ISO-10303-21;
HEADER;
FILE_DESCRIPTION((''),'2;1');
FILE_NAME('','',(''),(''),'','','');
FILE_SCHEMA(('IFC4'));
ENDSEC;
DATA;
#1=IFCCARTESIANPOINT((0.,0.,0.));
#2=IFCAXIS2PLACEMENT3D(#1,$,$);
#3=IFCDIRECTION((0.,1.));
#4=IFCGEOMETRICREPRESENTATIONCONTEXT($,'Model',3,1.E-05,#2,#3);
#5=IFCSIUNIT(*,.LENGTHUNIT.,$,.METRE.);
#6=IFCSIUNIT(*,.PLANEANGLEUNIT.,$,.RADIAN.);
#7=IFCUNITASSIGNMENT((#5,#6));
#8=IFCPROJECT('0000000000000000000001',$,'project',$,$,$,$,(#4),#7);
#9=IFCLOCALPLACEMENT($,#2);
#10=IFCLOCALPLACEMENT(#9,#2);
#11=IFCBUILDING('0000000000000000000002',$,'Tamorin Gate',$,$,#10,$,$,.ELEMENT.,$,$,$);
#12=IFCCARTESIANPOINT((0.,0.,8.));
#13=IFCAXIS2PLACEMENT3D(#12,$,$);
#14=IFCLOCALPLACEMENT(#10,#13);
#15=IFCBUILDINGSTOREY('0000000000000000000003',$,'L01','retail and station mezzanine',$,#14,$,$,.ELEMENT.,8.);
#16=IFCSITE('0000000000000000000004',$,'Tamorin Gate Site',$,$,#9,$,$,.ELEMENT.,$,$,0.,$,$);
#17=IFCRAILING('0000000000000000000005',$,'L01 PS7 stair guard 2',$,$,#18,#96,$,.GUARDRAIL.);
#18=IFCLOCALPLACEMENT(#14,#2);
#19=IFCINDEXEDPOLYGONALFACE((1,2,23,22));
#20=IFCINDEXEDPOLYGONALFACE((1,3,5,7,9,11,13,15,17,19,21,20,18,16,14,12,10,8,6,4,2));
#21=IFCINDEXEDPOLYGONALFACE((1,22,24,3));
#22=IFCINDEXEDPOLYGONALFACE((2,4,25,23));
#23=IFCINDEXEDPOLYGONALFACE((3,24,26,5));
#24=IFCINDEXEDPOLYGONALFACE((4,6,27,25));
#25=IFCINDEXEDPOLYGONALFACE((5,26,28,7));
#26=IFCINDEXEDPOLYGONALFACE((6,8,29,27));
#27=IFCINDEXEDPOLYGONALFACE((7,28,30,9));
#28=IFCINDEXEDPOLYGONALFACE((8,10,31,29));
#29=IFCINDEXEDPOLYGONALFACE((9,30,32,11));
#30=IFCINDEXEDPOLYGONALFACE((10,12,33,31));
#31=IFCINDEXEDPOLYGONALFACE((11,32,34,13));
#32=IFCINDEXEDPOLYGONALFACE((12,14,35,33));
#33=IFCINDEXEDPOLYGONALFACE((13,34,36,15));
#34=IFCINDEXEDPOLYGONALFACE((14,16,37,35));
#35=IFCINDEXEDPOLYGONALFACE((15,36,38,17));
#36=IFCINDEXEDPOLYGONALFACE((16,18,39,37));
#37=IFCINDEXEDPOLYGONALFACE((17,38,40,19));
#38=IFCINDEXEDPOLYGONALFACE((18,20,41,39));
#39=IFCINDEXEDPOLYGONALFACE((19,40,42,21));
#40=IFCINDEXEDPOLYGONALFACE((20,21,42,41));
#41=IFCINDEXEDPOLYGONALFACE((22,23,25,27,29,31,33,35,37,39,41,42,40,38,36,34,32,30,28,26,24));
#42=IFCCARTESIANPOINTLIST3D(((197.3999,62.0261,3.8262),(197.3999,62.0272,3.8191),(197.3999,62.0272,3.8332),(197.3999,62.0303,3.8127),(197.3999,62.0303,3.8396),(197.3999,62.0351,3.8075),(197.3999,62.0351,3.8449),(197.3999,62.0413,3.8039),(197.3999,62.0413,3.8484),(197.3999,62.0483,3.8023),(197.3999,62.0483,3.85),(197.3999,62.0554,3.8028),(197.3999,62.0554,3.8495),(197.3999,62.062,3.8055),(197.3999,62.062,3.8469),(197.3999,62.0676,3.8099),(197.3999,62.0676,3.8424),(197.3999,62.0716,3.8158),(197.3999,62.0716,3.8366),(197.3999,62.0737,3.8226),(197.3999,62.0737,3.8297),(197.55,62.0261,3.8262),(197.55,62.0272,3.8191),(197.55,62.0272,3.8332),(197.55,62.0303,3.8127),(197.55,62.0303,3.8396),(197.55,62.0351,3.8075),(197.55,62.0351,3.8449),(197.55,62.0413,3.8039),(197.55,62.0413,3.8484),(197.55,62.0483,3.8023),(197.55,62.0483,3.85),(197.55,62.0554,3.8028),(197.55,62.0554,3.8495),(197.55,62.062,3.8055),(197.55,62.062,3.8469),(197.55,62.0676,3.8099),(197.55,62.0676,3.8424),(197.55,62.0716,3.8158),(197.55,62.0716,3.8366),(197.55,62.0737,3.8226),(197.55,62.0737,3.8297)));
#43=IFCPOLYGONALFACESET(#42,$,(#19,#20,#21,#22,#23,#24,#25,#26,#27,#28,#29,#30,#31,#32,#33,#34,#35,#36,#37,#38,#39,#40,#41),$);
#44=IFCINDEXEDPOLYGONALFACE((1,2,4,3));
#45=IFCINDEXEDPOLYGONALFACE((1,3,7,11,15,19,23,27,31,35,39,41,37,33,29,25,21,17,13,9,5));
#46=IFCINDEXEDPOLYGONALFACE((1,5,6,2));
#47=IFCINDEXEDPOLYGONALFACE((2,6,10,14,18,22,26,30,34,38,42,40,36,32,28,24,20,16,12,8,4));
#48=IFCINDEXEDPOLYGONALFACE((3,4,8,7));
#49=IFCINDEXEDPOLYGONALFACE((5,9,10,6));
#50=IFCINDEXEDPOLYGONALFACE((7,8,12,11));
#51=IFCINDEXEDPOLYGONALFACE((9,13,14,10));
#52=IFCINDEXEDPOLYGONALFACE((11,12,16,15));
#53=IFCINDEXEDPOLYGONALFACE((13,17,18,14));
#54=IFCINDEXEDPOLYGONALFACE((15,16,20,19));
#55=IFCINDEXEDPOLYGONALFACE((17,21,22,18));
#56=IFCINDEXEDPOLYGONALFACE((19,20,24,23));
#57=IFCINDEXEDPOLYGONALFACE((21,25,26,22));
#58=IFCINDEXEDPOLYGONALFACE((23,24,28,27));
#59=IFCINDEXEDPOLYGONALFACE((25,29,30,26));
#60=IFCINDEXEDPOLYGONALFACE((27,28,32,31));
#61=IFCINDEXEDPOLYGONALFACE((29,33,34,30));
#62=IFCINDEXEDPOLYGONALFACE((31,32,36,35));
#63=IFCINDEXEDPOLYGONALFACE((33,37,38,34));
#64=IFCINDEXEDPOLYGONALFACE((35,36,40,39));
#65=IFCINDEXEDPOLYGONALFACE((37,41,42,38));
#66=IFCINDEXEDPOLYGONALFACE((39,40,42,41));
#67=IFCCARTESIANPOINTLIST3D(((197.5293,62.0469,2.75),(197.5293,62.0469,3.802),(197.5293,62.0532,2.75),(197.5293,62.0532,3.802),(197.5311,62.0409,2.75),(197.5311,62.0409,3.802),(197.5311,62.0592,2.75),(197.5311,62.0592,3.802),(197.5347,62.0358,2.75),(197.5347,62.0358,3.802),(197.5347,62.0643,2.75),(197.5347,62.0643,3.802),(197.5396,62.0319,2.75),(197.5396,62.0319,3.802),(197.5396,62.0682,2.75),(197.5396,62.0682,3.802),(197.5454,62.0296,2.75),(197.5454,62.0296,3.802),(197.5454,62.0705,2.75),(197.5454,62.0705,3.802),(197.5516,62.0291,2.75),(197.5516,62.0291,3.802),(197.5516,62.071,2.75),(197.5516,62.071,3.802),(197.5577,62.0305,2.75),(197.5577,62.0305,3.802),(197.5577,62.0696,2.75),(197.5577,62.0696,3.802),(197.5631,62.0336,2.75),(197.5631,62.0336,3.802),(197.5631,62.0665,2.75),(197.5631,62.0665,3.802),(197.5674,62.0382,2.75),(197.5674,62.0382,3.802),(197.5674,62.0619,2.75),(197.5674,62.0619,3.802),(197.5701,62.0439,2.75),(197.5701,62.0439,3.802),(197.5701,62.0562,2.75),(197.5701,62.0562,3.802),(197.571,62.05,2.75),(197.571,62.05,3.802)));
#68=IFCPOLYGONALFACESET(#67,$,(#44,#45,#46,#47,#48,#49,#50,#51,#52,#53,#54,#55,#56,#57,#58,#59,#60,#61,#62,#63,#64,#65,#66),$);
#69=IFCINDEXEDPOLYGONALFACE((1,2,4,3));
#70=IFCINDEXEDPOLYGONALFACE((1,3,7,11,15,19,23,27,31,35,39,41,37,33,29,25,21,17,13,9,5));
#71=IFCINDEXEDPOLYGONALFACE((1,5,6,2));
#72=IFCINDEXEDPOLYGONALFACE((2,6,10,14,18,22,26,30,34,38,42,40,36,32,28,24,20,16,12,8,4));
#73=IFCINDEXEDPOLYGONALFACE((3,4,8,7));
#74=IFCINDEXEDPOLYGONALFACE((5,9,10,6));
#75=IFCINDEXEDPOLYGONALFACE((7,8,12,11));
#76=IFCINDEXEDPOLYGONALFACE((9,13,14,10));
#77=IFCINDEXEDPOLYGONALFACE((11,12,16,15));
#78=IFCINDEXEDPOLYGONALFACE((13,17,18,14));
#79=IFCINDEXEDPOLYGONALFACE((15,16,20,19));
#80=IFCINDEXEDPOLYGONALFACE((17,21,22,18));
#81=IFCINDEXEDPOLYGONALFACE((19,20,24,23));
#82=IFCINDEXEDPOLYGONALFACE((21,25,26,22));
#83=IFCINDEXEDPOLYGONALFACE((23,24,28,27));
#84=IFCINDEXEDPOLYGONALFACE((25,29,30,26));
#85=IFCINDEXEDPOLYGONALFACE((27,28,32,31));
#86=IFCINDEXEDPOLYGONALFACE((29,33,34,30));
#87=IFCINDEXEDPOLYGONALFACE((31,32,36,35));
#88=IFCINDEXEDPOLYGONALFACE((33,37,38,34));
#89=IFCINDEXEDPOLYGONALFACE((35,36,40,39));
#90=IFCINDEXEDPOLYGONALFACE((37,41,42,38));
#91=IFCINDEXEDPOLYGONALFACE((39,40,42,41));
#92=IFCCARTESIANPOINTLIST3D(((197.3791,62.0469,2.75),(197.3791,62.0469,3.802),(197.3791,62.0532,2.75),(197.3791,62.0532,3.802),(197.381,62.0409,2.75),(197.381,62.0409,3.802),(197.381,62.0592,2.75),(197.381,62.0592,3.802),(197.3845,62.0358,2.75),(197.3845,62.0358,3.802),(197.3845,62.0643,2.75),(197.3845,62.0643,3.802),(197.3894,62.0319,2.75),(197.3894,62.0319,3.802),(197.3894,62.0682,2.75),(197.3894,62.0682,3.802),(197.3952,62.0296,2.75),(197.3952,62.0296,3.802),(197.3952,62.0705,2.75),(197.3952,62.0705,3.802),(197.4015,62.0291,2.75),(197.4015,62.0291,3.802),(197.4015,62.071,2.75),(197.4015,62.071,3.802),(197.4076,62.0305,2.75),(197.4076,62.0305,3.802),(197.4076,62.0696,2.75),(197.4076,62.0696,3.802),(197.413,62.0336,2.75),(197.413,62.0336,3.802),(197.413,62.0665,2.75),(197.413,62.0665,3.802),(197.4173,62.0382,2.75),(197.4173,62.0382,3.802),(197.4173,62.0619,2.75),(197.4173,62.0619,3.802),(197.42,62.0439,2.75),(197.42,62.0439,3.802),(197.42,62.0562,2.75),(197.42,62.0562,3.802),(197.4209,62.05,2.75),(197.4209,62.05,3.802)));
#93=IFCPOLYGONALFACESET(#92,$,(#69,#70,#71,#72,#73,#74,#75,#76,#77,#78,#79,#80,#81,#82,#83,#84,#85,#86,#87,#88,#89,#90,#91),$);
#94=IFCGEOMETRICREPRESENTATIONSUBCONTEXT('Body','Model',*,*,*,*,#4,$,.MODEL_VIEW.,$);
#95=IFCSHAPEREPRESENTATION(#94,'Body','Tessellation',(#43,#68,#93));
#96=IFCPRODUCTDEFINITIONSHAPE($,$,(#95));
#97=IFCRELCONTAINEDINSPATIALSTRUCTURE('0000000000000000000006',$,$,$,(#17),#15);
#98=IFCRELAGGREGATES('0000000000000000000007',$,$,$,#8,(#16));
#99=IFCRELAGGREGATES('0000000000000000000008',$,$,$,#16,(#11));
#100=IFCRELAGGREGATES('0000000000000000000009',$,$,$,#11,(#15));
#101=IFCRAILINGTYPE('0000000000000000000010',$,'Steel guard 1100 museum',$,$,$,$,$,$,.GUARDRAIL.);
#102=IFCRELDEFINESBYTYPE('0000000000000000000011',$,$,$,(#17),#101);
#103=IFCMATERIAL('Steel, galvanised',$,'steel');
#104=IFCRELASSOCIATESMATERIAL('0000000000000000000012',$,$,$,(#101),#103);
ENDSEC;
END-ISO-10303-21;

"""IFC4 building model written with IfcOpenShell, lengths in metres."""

from ifc_helpers import new_model, si_unit, direction, frame, origin, origin_2d, place, context, subcontext, project, spatial, circle, extrude, material, type_object, element, save


model = new_model("IFC4")

# Units and contexts
model_context = context("Model", 3, precision=1e-05, world=origin(), true_north=direction((0.0, 1.0)))
body_context = subcontext(model_context, "Body", "Model", "MODEL_VIEW")
ifc_project = project(units=[si_unit("LENGTHUNIT", "METRE"), si_unit("PLANEANGLEUNIT", "RADIAN")], contexts=[model_context])

# Site, building, storey
site_placement = place(None, origin())
site = spatial("IfcSite", under=ifc_project, at=site_placement, Name="Tamorin Gate Site", CompositionType="ELEMENT", RefElevation=0.0)
building_placement = place(site_placement, origin())
building = spatial("IfcBuilding", under=site, at=building_placement, Name="Tamorin Gate", CompositionType="ELEMENT")
storey_placement = place(building_placement, frame((0.0, 0.0, 8.0)))
storey = spatial("IfcBuildingStorey", under=building, at=storey_placement, Name="L01", Description="retail and station mezzanine", CompositionType="ELEMENT", Elevation=8.0)

# Railing
ifc_material_1 = material(Name="Steel, galvanised", Category="steel")
railing_type_1 = type_object("IfcRailingType", Name="Steel guard 1100 museum", PredefinedType="GUARDRAIL", material=ifc_material_1)
railing_1_placement = place(storey_placement, frame((197.55, 62.05, 2.75)))
element("IfcRailing", 1, at=railing_1_placement, inside=storey, type_object=railing_type_1, Name="L01 PS7 stair guard 2", PredefinedType="GUARDRAIL", context=body_context, shape_type="SweptSolid", body=[
    extrude(circle(Radius=0.0239, at=origin_2d()), frame((0.0, 0.0, 1.0762), z_axis=(-1.0, 0.0, 0.0), x_axis=(0.0, -1.0, 0.0)), (0.0, 0.0, 1.0), 0.1501),
    extrude(circle(Radius=0.021, at=origin_2d()), origin(), (0.0, 0.0, 1.0), 1.052),
    extrude(circle(Radius=0.021, at=origin_2d()), frame((-0.1501, 0.0, 0.0)), (0.0, 0.0, 1.0), 1.052),
])

save(model, "model.ifc")
